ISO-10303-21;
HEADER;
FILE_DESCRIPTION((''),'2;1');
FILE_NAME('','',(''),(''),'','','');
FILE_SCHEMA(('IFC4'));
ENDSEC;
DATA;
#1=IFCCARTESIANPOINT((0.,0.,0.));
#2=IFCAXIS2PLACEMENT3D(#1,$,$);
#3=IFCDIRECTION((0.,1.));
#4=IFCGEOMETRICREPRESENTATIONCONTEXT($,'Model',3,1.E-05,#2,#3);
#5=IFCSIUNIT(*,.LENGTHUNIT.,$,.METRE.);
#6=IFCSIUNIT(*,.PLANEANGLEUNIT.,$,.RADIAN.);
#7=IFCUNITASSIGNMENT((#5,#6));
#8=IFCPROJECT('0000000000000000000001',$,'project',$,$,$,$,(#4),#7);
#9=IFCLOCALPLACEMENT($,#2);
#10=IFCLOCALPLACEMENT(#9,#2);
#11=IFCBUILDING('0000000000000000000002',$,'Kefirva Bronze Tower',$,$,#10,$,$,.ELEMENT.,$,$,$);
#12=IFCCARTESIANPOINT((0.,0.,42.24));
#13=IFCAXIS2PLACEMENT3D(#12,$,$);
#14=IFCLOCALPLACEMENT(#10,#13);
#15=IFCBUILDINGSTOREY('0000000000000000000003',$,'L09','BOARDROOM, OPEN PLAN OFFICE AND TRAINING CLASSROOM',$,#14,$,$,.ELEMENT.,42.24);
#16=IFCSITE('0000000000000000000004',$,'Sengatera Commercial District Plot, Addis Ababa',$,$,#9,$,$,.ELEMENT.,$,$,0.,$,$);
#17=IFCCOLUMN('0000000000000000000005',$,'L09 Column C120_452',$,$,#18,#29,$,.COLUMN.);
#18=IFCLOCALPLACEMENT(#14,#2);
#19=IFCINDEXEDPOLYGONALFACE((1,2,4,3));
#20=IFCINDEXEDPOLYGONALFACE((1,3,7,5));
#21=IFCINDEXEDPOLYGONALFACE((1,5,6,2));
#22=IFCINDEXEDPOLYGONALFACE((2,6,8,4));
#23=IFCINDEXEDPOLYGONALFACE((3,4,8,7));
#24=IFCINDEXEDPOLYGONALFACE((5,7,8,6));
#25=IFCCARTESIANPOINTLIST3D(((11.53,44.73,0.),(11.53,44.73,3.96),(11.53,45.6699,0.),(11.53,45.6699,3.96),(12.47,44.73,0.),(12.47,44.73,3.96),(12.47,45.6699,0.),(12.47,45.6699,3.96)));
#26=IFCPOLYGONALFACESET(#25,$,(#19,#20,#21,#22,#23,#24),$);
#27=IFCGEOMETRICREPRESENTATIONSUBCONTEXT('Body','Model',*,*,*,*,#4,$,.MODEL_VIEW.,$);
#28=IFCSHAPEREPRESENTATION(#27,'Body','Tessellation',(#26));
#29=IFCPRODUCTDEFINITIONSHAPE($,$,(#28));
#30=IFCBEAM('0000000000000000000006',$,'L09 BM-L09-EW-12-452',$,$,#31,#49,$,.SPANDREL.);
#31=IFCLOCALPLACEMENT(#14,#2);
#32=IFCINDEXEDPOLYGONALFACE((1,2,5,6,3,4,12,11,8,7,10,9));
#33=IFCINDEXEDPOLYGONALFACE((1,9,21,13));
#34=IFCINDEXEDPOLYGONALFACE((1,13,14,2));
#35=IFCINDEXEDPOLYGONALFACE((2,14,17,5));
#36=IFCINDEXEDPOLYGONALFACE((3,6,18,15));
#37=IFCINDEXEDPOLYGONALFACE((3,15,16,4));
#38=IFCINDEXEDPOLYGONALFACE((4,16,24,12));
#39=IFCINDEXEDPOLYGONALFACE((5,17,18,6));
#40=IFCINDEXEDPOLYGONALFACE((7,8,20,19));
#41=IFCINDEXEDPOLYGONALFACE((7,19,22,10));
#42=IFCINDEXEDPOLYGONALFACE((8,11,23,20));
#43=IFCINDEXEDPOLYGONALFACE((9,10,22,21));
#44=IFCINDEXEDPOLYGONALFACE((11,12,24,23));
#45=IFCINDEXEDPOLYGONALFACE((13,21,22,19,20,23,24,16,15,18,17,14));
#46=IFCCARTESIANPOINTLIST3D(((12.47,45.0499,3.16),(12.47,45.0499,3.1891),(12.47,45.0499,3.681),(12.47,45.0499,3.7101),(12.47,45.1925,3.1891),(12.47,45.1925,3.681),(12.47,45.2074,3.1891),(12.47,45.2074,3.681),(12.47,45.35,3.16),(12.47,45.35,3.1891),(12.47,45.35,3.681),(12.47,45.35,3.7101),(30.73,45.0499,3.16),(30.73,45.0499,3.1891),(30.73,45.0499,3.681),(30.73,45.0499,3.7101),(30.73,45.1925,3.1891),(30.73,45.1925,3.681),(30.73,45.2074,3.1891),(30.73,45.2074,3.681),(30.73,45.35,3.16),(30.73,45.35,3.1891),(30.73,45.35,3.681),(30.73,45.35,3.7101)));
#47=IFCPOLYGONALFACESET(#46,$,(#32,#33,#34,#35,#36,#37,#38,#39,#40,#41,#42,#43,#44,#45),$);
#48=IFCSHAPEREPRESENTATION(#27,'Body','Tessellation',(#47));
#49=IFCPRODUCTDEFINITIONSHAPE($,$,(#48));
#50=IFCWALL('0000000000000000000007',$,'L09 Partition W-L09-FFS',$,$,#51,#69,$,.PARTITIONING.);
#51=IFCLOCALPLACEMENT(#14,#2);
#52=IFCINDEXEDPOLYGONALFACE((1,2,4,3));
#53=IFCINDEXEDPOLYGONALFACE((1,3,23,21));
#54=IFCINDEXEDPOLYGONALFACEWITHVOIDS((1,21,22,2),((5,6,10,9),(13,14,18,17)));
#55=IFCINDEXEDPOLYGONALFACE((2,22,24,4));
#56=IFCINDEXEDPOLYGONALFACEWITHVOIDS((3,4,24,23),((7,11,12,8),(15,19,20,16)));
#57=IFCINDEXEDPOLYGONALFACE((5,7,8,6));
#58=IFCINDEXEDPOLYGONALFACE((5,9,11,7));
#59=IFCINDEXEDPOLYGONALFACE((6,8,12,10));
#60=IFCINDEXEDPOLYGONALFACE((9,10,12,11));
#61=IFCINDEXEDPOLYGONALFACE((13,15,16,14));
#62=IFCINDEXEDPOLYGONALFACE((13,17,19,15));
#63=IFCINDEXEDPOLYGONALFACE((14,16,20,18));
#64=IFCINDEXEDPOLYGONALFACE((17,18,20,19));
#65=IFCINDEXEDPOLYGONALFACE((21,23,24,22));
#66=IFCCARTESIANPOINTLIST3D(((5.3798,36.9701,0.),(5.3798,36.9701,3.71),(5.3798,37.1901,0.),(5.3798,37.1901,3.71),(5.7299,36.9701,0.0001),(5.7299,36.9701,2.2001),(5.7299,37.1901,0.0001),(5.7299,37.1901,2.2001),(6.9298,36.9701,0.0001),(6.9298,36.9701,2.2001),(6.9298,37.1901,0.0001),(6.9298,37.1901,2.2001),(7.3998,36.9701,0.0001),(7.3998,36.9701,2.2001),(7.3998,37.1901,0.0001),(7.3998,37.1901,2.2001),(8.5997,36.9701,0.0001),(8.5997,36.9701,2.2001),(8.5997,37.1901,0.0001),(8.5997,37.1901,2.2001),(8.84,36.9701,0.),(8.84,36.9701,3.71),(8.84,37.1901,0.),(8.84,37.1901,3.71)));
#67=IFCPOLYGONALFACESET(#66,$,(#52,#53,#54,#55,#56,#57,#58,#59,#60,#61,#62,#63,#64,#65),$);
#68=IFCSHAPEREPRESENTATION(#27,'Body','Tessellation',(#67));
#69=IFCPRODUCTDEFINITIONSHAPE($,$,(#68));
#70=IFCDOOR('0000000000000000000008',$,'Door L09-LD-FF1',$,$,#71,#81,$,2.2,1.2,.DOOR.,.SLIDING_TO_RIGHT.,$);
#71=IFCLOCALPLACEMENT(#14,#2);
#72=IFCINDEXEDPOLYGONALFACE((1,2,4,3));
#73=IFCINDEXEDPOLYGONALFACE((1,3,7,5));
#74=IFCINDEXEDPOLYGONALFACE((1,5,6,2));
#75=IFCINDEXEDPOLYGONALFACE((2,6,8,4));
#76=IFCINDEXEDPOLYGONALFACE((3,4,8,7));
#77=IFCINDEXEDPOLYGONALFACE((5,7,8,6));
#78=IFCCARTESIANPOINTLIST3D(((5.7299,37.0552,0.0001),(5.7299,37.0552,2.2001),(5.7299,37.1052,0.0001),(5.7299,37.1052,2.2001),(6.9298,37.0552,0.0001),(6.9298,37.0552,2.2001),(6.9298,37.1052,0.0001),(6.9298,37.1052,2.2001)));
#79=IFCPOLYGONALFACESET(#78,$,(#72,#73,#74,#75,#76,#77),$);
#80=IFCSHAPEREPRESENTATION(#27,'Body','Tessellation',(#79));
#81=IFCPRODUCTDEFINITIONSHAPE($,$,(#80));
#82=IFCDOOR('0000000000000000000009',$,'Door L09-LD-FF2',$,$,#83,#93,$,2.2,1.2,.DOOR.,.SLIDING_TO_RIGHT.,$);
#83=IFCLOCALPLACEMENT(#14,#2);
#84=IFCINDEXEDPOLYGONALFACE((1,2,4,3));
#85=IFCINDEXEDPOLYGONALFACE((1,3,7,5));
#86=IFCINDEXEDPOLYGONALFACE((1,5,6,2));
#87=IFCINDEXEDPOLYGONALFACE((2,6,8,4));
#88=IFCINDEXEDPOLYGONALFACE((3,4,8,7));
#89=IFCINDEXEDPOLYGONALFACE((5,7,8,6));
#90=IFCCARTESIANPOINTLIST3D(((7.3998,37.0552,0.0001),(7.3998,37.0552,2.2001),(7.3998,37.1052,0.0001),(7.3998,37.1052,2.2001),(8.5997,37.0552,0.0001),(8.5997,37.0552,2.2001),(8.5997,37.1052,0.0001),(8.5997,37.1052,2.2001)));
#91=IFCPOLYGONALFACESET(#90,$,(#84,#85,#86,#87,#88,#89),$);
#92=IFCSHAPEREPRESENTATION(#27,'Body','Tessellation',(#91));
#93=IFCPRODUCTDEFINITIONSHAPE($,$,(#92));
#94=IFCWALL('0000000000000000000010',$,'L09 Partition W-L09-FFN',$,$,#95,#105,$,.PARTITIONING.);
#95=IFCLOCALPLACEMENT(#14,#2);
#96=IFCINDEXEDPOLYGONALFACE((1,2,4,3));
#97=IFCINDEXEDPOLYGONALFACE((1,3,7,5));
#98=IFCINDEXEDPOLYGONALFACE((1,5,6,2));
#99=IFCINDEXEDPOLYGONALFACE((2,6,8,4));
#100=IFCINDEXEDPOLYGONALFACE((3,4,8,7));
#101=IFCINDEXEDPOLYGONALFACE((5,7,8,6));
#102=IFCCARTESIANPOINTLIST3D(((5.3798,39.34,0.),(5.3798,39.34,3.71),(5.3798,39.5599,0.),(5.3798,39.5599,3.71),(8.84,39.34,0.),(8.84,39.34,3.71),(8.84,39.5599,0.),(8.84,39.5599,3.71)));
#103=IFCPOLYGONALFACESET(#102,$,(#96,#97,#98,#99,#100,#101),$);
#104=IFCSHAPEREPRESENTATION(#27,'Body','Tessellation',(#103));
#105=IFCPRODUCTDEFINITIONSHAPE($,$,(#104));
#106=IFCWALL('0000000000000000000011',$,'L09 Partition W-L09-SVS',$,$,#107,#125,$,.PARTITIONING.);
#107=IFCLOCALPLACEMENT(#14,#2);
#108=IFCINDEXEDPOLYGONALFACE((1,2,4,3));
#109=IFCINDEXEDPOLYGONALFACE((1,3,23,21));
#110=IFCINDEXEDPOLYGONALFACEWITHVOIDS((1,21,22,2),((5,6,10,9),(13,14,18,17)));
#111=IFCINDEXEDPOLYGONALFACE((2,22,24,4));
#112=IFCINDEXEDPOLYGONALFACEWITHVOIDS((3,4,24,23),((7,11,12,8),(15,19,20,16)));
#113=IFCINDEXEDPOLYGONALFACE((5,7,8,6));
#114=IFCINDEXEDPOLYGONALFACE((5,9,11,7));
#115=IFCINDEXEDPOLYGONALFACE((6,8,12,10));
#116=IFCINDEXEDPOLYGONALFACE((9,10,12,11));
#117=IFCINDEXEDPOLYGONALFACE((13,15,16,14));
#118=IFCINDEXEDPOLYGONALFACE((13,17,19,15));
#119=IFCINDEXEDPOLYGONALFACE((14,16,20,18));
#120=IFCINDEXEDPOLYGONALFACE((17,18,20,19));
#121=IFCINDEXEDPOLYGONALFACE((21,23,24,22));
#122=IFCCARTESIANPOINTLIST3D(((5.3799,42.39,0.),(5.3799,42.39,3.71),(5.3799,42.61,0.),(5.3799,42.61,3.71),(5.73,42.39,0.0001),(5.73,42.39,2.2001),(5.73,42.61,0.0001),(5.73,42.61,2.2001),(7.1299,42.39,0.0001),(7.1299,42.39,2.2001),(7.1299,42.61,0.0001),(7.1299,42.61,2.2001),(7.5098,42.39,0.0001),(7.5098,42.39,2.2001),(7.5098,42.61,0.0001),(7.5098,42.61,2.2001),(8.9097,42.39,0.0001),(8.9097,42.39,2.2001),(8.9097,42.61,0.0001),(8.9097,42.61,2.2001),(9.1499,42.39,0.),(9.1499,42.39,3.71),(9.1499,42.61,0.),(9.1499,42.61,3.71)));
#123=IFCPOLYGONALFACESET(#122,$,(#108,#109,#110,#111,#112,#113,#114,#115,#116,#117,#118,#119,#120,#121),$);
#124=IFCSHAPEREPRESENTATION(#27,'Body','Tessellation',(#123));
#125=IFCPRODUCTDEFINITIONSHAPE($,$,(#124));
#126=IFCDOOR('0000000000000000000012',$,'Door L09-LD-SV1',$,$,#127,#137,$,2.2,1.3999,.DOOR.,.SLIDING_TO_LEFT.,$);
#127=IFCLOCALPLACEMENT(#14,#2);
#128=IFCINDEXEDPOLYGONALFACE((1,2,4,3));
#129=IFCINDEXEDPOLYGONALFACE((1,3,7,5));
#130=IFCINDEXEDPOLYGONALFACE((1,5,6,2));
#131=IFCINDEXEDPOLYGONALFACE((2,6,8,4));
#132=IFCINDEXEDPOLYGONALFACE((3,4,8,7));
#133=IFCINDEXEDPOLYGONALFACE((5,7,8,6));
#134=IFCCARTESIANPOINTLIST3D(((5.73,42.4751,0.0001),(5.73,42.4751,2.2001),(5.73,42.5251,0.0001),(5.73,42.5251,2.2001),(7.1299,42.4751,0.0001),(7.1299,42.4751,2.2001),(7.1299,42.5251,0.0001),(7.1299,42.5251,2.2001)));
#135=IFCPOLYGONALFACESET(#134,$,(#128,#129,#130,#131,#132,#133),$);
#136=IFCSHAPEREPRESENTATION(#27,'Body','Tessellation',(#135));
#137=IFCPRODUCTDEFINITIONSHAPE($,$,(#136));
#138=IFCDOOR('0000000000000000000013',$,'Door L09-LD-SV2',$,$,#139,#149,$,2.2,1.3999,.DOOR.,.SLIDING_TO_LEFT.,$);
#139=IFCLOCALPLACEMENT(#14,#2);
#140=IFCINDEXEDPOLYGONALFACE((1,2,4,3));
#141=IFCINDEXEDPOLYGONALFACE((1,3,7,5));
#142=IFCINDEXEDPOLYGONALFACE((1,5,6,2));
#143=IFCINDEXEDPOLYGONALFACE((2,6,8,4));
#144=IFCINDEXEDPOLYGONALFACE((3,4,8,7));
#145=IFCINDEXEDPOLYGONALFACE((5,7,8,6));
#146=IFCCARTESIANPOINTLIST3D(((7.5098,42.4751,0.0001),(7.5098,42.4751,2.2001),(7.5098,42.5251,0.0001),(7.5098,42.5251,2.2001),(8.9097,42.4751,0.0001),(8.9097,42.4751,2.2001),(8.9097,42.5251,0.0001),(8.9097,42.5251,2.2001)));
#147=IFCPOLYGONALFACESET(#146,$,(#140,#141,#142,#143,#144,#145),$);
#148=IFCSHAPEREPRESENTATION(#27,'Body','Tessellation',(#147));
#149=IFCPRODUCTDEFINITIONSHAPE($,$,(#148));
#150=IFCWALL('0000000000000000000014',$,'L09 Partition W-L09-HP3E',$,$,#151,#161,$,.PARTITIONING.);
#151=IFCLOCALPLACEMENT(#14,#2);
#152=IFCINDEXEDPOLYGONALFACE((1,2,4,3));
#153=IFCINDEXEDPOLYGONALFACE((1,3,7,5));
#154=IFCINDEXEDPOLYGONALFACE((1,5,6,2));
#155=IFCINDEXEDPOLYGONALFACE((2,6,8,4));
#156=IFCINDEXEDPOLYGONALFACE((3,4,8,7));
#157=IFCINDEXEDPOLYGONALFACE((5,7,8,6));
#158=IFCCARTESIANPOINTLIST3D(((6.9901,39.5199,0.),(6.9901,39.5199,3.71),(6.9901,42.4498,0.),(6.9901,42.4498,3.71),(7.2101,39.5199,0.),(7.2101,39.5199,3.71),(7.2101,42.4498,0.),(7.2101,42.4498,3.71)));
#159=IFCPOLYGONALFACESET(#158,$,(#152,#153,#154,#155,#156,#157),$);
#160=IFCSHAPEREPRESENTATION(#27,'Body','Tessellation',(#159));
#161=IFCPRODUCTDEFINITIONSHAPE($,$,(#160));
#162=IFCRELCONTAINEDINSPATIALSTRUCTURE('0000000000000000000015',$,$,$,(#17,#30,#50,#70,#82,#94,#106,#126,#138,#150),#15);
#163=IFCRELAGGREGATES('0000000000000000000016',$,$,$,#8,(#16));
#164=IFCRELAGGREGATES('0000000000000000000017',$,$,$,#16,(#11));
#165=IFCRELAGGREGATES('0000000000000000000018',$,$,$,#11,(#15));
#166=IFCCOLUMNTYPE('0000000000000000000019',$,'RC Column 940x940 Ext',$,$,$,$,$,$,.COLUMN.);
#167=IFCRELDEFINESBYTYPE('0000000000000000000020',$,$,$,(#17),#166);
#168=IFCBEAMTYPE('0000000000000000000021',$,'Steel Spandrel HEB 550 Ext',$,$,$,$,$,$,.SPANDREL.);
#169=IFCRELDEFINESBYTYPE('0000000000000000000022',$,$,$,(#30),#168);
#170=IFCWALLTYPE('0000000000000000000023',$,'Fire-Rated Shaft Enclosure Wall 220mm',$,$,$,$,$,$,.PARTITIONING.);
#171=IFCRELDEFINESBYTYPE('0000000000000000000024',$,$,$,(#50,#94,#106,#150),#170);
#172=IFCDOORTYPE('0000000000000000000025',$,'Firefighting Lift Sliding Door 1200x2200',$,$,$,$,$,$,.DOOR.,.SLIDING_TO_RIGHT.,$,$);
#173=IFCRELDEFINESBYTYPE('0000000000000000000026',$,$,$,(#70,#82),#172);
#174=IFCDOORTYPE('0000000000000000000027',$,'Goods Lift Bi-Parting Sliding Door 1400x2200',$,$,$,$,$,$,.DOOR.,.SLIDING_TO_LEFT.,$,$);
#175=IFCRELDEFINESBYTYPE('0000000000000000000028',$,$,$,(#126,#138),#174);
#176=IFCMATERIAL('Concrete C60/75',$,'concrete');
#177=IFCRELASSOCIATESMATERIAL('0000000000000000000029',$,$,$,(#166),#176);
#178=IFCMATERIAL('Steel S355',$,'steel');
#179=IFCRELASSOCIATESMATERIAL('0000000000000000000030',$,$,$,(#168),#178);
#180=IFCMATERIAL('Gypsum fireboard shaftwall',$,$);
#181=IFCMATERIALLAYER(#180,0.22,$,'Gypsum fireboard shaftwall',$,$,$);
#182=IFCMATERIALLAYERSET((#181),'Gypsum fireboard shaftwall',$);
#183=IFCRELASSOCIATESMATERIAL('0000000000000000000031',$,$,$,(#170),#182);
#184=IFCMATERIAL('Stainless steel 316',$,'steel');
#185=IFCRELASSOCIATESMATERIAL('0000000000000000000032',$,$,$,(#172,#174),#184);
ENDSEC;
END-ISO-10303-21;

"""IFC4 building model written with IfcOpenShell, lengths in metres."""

from ifc_helpers import new_model, si_unit, direction, frame, frame_2d, origin, origin_2d, place, context, subcontext, project, spatial, rectangle, i_section, extrude, material, layer, layer_set, material_profile, profile_set, type_object, element, fill, save


model = new_model("IFC4")

# Units and contexts
model_context = context("Model", 3, precision=1e-05, world=origin(), true_north=direction((0.0, 1.0)))
body_context = subcontext(model_context, "Body", "Model", "MODEL_VIEW")
ifc_project = project(units=[si_unit("LENGTHUNIT", "METRE"), si_unit("PLANEANGLEUNIT", "RADIAN")], contexts=[model_context])

# Site, building, storey
site_placement = place(None, origin())
site = spatial("IfcSite", under=ifc_project, at=site_placement, Name="Sengatera Commercial District Plot, Addis Ababa", CompositionType="ELEMENT", RefElevation=0.0)
building_placement = place(site_placement, origin())
building = spatial("IfcBuilding", under=site, at=building_placement, Name="Kefirva Bronze Tower", CompositionType="ELEMENT")
storey_placement = place(building_placement, frame((0.0, 0.0, 42.24)))
storey = spatial("IfcBuildingStorey", under=building, at=storey_placement, Name="L09", Description="BOARDROOM, OPEN PLAN OFFICE AND TRAINING CLASSROOM", CompositionType="ELEMENT", Elevation=42.24)

# Column
ifc_material_1 = material(Name="Concrete C60/75", Category="concrete")
ifc_material_profile_1 = material_profile(ifc_material_1, rectangle(XDim=0.9399, YDim=0.9399, at=origin_2d()), Name="RC 940x940")
ifc_profile_set_1 = profile_set([ifc_material_profile_1], Name="Concrete C60/75")
column_type = type_object("IfcColumnType", Name="RC Column 940x940 Ext", PredefinedType="COLUMN", material=ifc_profile_set_1)
column_placement = place(storey_placement, frame((12.0, 45.2, 0.0), z_axis=(0.0, 0.0, 1.0), x_axis=(1.0, 0.0, 0.0)))
element("IfcColumn", 1, at=column_placement, inside=storey, type_object=column_type, Name="L09 Column C120_452", PredefinedType="COLUMN", context=body_context, shape_type="SweptSolid", body=[
    extrude(rectangle(XDim=0.9399, YDim=0.9399, at=origin_2d()), origin(), (0.0, 0.0, 1.0), 3.96),
])

# Beam
ifc_material_2 = material(Name="Steel S355", Category="steel")
ifc_material_profile_2 = material_profile(ifc_material_2, i_section(OverallWidth=0.3, OverallDepth=0.55, WebThickness=0.0149, FlangeThickness=0.0291, at=origin_2d()), Name="HEB 550")
ifc_profile_set_2 = profile_set([ifc_material_profile_2], Name="Steel S355")
beam_type = type_object("IfcBeamType", Name="Steel Spandrel HEB 550 Ext", PredefinedType="SPANDREL", material=ifc_profile_set_2)
beam_placement = place(storey_placement, frame((12.47, 45.2, 3.4351), z_axis=(1.0, 0.0, 0.0), x_axis=(0.0, 1.0, 0.0)))
element("IfcBeam", 2, at=beam_placement, inside=storey, type_object=beam_type, Name="L09 BM-L09-EW-12-452", PredefinedType="SPANDREL", context=body_context, shape_type="SweptSolid", body=[
    extrude(i_section(OverallWidth=0.3, OverallDepth=0.55, WebThickness=0.0149, FlangeThickness=0.0291, at=origin_2d()), origin(), (0.0, 0.0, 1.0), 18.26),
])

# Wall, openings, doors
ifc_material_3 = material(Name="Gypsum fireboard shaftwall")
ifc_layer_1 = layer(ifc_material_3, 0.22, Name="Gypsum fireboard shaftwall")
ifc_layer_set_1 = layer_set([ifc_layer_1], Name="Gypsum fireboard shaftwall")
wall_type_1 = type_object("IfcWallType", Name="Fire-Rated Shaft Enclosure Wall 220mm", PredefinedType="PARTITIONING", material=ifc_layer_set_1)
wall_1_placement = place(storey_placement, frame((5.3799, 37.0801, 0.0), z_axis=(0.0, 0.0, 1.0), x_axis=(1.0, 0.0, 0.0)))
wall_1 = element("IfcWall", 3, at=wall_1_placement, inside=storey, type_object=wall_type_1, Name="L09 Partition W-L09-FFS", PredefinedType="PARTITIONING", context=body_context, shape_type="SweptSolid", body=[
    extrude(rectangle(XDim=3.4602, YDim=0.22, at=frame_2d((1.73, 0.0))), origin(), (0.0, 0.0, 1.0), 3.71),
])
opening_1_placement = place(wall_1_placement, frame((1.55, 0.0, 0.0), z_axis=(0.0, 0.0, 1.0), x_axis=(-1.0, 0.0, 0.0)))
opening_1 = element("IfcOpeningElement", 4, at=opening_1_placement, cuts=wall_1, PredefinedType="OPENING", context=body_context, shape_type="SweptSolid", body=[
    extrude(rectangle(XDim=1.2, YDim=2.2, at=frame_2d((0.6001, 1.1001))), frame((0.0, 0.1201, 0.0), z_axis=(0.0, -1.0, 0.0), x_axis=(1.0, 0.0, 0.0)), (0.0, 0.0, 1.0), 0.24),
])
opening_2_placement = place(wall_1_placement, frame((3.22, 0.0, 0.0), z_axis=(0.0, 0.0, 1.0), x_axis=(-1.0, 0.0, 0.0)))
opening_2 = element("IfcOpeningElement", 5, at=opening_2_placement, cuts=wall_1, PredefinedType="OPENING", context=body_context, shape_type="SweptSolid", body=[
    extrude(rectangle(XDim=1.2, YDim=2.2, at=frame_2d((0.6001, 1.1001))), frame((0.0, 0.1201, 0.0), z_axis=(0.0, -1.0, 0.0), x_axis=(1.0, 0.0, 0.0)), (0.0, 0.0, 1.0), 0.24),
])
ifc_material_4 = material(Name="Stainless steel 316", Category="steel")
door_type_1 = type_object("IfcDoorType", Name="Firefighting Lift Sliding Door 1200x2200", OperationType="SLIDING_TO_RIGHT", PredefinedType="DOOR", material=ifc_material_4)
door_1_placement = place(opening_1_placement, origin())
door_1 = element("IfcDoor", 6, at=door_1_placement, inside=storey, type_object=door_type_1, Name="Door L09-LD-FF1", OperationType="SLIDING_TO_RIGHT", OverallHeight=2.2, OverallWidth=1.2, PredefinedType="DOOR", context=body_context, shape_type="SweptSolid", body=[
    extrude(rectangle(XDim=1.2, YDim=2.2, at=frame_2d((0.6001, 1.1001))), frame((0.0, 0.0249, 0.0), z_axis=(0.0, -1.0, 0.0), x_axis=(1.0, 0.0, 0.0)), (0.0, 0.0, 1.0), 0.05),
])
fill(opening_1, door_1)
door_2_placement = place(opening_2_placement, origin())
door_2 = element("IfcDoor", 7, at=door_2_placement, inside=storey, type_object=door_type_1, Name="Door L09-LD-FF2", OperationType="SLIDING_TO_RIGHT", OverallHeight=2.2, OverallWidth=1.2, PredefinedType="DOOR", context=body_context, shape_type="SweptSolid", body=[
    extrude(rectangle(XDim=1.2, YDim=2.2, at=frame_2d((0.6001, 1.1001))), frame((0.0, 0.0249, 0.0), z_axis=(0.0, -1.0, 0.0), x_axis=(1.0, 0.0, 0.0)), (0.0, 0.0, 1.0), 0.05),
])
fill(opening_2, door_2)

# Wall
wall_2_placement = place(storey_placement, frame((5.3799, 39.45, 0.0), z_axis=(0.0, 0.0, 1.0), x_axis=(1.0, 0.0, 0.0)))
element("IfcWall", 8, at=wall_2_placement, inside=storey, type_object=wall_type_1, Name="L09 Partition W-L09-FFN", PredefinedType="PARTITIONING", context=body_context, shape_type="SweptSolid", body=[
    extrude(rectangle(XDim=3.4602, YDim=0.22, at=frame_2d((1.73, 0.0))), origin(), (0.0, 0.0, 1.0), 3.71),
])

# Wall, openings, doors
wall_3_placement = place(storey_placement, frame((5.3799, 42.5, 0.0), z_axis=(0.0, 0.0, 1.0), x_axis=(1.0, 0.0, 0.0)))
wall_3 = element("IfcWall", 9, at=wall_3_placement, inside=storey, type_object=wall_type_1, Name="L09 Partition W-L09-SVS", PredefinedType="PARTITIONING", context=body_context, shape_type="SweptSolid", body=[
    extrude(rectangle(XDim=3.77, YDim=0.22, at=frame_2d((1.885, 0.0))), origin(), (0.0, 0.0, 1.0), 3.71),
])
opening_3_placement = place(wall_3_placement, frame((1.75, 0.0, 0.0), z_axis=(0.0, 0.0, 1.0), x_axis=(-1.0, 0.0, 0.0)))
opening_3 = element("IfcOpeningElement", 10, at=opening_3_placement, cuts=wall_3, PredefinedType="OPENING", context=body_context, shape_type="SweptSolid", body=[
    extrude(rectangle(XDim=1.3999, YDim=2.2, at=frame_2d((0.7, 1.1001))), frame((0.0, 0.1201, 0.0), z_axis=(0.0, -1.0, 0.0), x_axis=(1.0, 0.0, 0.0)), (0.0, 0.0, 1.0), 0.24),
])
opening_4_placement = place(wall_3_placement, frame((3.5298, 0.0, 0.0), z_axis=(0.0, 0.0, 1.0), x_axis=(-1.0, 0.0, 0.0)))
opening_4 = element("IfcOpeningElement", 11, at=opening_4_placement, cuts=wall_3, PredefinedType="OPENING", context=body_context, shape_type="SweptSolid", body=[
    extrude(rectangle(XDim=1.3999, YDim=2.2, at=frame_2d((0.7, 1.1001))), frame((0.0, 0.1201, 0.0), z_axis=(0.0, -1.0, 0.0), x_axis=(1.0, 0.0, 0.0)), (0.0, 0.0, 1.0), 0.24),
])
door_type_2 = type_object("IfcDoorType", Name="Goods Lift Bi-Parting Sliding Door 1400x2200", OperationType="SLIDING_TO_LEFT", PredefinedType="DOOR", material=ifc_material_4)
door_3_placement = place(opening_3_placement, origin())
door_3 = element("IfcDoor", 12, at=door_3_placement, inside=storey, type_object=door_type_2, Name="Door L09-LD-SV1", OperationType="SLIDING_TO_LEFT", OverallHeight=2.2, OverallWidth=1.3999, PredefinedType="DOOR", context=body_context, shape_type="SweptSolid", body=[
    extrude(rectangle(XDim=1.3999, YDim=2.2, at=frame_2d((0.7, 1.1001))), frame((0.0, 0.0249, 0.0), z_axis=(0.0, -1.0, 0.0), x_axis=(1.0, 0.0, 0.0)), (0.0, 0.0, 1.0), 0.05),
])
fill(opening_3, door_3)
door_4_placement = place(opening_4_placement, origin())
door_4 = element("IfcDoor", 13, at=door_4_placement, inside=storey, type_object=door_type_2, Name="Door L09-LD-SV2", OperationType="SLIDING_TO_LEFT", OverallHeight=2.2, OverallWidth=1.3999, PredefinedType="DOOR", context=body_context, shape_type="SweptSolid", body=[
    extrude(rectangle(XDim=1.3999, YDim=2.2, at=frame_2d((0.7, 1.1001))), frame((0.0, 0.0249, 0.0), z_axis=(0.0, -1.0, 0.0), x_axis=(1.0, 0.0, 0.0)), (0.0, 0.0, 1.0), 0.05),
])
fill(opening_4, door_4)

# Wall
wall_4_placement = place(storey_placement, frame((7.1001, 39.52, 0.0), z_axis=(0.0, 0.0, 1.0), x_axis=(0.0, 1.0, 0.0)))
element("IfcWall", 14, at=wall_4_placement, inside=storey, type_object=wall_type_1, Name="L09 Partition W-L09-HP3E", PredefinedType="PARTITIONING", context=body_context, shape_type="SweptSolid", body=[
    extrude(rectangle(XDim=2.9299, YDim=0.22, at=frame_2d((1.4648, 0.0))), origin(), (0.0, 0.0, 1.0), 3.71),
])

save(model, "model.ifc")
